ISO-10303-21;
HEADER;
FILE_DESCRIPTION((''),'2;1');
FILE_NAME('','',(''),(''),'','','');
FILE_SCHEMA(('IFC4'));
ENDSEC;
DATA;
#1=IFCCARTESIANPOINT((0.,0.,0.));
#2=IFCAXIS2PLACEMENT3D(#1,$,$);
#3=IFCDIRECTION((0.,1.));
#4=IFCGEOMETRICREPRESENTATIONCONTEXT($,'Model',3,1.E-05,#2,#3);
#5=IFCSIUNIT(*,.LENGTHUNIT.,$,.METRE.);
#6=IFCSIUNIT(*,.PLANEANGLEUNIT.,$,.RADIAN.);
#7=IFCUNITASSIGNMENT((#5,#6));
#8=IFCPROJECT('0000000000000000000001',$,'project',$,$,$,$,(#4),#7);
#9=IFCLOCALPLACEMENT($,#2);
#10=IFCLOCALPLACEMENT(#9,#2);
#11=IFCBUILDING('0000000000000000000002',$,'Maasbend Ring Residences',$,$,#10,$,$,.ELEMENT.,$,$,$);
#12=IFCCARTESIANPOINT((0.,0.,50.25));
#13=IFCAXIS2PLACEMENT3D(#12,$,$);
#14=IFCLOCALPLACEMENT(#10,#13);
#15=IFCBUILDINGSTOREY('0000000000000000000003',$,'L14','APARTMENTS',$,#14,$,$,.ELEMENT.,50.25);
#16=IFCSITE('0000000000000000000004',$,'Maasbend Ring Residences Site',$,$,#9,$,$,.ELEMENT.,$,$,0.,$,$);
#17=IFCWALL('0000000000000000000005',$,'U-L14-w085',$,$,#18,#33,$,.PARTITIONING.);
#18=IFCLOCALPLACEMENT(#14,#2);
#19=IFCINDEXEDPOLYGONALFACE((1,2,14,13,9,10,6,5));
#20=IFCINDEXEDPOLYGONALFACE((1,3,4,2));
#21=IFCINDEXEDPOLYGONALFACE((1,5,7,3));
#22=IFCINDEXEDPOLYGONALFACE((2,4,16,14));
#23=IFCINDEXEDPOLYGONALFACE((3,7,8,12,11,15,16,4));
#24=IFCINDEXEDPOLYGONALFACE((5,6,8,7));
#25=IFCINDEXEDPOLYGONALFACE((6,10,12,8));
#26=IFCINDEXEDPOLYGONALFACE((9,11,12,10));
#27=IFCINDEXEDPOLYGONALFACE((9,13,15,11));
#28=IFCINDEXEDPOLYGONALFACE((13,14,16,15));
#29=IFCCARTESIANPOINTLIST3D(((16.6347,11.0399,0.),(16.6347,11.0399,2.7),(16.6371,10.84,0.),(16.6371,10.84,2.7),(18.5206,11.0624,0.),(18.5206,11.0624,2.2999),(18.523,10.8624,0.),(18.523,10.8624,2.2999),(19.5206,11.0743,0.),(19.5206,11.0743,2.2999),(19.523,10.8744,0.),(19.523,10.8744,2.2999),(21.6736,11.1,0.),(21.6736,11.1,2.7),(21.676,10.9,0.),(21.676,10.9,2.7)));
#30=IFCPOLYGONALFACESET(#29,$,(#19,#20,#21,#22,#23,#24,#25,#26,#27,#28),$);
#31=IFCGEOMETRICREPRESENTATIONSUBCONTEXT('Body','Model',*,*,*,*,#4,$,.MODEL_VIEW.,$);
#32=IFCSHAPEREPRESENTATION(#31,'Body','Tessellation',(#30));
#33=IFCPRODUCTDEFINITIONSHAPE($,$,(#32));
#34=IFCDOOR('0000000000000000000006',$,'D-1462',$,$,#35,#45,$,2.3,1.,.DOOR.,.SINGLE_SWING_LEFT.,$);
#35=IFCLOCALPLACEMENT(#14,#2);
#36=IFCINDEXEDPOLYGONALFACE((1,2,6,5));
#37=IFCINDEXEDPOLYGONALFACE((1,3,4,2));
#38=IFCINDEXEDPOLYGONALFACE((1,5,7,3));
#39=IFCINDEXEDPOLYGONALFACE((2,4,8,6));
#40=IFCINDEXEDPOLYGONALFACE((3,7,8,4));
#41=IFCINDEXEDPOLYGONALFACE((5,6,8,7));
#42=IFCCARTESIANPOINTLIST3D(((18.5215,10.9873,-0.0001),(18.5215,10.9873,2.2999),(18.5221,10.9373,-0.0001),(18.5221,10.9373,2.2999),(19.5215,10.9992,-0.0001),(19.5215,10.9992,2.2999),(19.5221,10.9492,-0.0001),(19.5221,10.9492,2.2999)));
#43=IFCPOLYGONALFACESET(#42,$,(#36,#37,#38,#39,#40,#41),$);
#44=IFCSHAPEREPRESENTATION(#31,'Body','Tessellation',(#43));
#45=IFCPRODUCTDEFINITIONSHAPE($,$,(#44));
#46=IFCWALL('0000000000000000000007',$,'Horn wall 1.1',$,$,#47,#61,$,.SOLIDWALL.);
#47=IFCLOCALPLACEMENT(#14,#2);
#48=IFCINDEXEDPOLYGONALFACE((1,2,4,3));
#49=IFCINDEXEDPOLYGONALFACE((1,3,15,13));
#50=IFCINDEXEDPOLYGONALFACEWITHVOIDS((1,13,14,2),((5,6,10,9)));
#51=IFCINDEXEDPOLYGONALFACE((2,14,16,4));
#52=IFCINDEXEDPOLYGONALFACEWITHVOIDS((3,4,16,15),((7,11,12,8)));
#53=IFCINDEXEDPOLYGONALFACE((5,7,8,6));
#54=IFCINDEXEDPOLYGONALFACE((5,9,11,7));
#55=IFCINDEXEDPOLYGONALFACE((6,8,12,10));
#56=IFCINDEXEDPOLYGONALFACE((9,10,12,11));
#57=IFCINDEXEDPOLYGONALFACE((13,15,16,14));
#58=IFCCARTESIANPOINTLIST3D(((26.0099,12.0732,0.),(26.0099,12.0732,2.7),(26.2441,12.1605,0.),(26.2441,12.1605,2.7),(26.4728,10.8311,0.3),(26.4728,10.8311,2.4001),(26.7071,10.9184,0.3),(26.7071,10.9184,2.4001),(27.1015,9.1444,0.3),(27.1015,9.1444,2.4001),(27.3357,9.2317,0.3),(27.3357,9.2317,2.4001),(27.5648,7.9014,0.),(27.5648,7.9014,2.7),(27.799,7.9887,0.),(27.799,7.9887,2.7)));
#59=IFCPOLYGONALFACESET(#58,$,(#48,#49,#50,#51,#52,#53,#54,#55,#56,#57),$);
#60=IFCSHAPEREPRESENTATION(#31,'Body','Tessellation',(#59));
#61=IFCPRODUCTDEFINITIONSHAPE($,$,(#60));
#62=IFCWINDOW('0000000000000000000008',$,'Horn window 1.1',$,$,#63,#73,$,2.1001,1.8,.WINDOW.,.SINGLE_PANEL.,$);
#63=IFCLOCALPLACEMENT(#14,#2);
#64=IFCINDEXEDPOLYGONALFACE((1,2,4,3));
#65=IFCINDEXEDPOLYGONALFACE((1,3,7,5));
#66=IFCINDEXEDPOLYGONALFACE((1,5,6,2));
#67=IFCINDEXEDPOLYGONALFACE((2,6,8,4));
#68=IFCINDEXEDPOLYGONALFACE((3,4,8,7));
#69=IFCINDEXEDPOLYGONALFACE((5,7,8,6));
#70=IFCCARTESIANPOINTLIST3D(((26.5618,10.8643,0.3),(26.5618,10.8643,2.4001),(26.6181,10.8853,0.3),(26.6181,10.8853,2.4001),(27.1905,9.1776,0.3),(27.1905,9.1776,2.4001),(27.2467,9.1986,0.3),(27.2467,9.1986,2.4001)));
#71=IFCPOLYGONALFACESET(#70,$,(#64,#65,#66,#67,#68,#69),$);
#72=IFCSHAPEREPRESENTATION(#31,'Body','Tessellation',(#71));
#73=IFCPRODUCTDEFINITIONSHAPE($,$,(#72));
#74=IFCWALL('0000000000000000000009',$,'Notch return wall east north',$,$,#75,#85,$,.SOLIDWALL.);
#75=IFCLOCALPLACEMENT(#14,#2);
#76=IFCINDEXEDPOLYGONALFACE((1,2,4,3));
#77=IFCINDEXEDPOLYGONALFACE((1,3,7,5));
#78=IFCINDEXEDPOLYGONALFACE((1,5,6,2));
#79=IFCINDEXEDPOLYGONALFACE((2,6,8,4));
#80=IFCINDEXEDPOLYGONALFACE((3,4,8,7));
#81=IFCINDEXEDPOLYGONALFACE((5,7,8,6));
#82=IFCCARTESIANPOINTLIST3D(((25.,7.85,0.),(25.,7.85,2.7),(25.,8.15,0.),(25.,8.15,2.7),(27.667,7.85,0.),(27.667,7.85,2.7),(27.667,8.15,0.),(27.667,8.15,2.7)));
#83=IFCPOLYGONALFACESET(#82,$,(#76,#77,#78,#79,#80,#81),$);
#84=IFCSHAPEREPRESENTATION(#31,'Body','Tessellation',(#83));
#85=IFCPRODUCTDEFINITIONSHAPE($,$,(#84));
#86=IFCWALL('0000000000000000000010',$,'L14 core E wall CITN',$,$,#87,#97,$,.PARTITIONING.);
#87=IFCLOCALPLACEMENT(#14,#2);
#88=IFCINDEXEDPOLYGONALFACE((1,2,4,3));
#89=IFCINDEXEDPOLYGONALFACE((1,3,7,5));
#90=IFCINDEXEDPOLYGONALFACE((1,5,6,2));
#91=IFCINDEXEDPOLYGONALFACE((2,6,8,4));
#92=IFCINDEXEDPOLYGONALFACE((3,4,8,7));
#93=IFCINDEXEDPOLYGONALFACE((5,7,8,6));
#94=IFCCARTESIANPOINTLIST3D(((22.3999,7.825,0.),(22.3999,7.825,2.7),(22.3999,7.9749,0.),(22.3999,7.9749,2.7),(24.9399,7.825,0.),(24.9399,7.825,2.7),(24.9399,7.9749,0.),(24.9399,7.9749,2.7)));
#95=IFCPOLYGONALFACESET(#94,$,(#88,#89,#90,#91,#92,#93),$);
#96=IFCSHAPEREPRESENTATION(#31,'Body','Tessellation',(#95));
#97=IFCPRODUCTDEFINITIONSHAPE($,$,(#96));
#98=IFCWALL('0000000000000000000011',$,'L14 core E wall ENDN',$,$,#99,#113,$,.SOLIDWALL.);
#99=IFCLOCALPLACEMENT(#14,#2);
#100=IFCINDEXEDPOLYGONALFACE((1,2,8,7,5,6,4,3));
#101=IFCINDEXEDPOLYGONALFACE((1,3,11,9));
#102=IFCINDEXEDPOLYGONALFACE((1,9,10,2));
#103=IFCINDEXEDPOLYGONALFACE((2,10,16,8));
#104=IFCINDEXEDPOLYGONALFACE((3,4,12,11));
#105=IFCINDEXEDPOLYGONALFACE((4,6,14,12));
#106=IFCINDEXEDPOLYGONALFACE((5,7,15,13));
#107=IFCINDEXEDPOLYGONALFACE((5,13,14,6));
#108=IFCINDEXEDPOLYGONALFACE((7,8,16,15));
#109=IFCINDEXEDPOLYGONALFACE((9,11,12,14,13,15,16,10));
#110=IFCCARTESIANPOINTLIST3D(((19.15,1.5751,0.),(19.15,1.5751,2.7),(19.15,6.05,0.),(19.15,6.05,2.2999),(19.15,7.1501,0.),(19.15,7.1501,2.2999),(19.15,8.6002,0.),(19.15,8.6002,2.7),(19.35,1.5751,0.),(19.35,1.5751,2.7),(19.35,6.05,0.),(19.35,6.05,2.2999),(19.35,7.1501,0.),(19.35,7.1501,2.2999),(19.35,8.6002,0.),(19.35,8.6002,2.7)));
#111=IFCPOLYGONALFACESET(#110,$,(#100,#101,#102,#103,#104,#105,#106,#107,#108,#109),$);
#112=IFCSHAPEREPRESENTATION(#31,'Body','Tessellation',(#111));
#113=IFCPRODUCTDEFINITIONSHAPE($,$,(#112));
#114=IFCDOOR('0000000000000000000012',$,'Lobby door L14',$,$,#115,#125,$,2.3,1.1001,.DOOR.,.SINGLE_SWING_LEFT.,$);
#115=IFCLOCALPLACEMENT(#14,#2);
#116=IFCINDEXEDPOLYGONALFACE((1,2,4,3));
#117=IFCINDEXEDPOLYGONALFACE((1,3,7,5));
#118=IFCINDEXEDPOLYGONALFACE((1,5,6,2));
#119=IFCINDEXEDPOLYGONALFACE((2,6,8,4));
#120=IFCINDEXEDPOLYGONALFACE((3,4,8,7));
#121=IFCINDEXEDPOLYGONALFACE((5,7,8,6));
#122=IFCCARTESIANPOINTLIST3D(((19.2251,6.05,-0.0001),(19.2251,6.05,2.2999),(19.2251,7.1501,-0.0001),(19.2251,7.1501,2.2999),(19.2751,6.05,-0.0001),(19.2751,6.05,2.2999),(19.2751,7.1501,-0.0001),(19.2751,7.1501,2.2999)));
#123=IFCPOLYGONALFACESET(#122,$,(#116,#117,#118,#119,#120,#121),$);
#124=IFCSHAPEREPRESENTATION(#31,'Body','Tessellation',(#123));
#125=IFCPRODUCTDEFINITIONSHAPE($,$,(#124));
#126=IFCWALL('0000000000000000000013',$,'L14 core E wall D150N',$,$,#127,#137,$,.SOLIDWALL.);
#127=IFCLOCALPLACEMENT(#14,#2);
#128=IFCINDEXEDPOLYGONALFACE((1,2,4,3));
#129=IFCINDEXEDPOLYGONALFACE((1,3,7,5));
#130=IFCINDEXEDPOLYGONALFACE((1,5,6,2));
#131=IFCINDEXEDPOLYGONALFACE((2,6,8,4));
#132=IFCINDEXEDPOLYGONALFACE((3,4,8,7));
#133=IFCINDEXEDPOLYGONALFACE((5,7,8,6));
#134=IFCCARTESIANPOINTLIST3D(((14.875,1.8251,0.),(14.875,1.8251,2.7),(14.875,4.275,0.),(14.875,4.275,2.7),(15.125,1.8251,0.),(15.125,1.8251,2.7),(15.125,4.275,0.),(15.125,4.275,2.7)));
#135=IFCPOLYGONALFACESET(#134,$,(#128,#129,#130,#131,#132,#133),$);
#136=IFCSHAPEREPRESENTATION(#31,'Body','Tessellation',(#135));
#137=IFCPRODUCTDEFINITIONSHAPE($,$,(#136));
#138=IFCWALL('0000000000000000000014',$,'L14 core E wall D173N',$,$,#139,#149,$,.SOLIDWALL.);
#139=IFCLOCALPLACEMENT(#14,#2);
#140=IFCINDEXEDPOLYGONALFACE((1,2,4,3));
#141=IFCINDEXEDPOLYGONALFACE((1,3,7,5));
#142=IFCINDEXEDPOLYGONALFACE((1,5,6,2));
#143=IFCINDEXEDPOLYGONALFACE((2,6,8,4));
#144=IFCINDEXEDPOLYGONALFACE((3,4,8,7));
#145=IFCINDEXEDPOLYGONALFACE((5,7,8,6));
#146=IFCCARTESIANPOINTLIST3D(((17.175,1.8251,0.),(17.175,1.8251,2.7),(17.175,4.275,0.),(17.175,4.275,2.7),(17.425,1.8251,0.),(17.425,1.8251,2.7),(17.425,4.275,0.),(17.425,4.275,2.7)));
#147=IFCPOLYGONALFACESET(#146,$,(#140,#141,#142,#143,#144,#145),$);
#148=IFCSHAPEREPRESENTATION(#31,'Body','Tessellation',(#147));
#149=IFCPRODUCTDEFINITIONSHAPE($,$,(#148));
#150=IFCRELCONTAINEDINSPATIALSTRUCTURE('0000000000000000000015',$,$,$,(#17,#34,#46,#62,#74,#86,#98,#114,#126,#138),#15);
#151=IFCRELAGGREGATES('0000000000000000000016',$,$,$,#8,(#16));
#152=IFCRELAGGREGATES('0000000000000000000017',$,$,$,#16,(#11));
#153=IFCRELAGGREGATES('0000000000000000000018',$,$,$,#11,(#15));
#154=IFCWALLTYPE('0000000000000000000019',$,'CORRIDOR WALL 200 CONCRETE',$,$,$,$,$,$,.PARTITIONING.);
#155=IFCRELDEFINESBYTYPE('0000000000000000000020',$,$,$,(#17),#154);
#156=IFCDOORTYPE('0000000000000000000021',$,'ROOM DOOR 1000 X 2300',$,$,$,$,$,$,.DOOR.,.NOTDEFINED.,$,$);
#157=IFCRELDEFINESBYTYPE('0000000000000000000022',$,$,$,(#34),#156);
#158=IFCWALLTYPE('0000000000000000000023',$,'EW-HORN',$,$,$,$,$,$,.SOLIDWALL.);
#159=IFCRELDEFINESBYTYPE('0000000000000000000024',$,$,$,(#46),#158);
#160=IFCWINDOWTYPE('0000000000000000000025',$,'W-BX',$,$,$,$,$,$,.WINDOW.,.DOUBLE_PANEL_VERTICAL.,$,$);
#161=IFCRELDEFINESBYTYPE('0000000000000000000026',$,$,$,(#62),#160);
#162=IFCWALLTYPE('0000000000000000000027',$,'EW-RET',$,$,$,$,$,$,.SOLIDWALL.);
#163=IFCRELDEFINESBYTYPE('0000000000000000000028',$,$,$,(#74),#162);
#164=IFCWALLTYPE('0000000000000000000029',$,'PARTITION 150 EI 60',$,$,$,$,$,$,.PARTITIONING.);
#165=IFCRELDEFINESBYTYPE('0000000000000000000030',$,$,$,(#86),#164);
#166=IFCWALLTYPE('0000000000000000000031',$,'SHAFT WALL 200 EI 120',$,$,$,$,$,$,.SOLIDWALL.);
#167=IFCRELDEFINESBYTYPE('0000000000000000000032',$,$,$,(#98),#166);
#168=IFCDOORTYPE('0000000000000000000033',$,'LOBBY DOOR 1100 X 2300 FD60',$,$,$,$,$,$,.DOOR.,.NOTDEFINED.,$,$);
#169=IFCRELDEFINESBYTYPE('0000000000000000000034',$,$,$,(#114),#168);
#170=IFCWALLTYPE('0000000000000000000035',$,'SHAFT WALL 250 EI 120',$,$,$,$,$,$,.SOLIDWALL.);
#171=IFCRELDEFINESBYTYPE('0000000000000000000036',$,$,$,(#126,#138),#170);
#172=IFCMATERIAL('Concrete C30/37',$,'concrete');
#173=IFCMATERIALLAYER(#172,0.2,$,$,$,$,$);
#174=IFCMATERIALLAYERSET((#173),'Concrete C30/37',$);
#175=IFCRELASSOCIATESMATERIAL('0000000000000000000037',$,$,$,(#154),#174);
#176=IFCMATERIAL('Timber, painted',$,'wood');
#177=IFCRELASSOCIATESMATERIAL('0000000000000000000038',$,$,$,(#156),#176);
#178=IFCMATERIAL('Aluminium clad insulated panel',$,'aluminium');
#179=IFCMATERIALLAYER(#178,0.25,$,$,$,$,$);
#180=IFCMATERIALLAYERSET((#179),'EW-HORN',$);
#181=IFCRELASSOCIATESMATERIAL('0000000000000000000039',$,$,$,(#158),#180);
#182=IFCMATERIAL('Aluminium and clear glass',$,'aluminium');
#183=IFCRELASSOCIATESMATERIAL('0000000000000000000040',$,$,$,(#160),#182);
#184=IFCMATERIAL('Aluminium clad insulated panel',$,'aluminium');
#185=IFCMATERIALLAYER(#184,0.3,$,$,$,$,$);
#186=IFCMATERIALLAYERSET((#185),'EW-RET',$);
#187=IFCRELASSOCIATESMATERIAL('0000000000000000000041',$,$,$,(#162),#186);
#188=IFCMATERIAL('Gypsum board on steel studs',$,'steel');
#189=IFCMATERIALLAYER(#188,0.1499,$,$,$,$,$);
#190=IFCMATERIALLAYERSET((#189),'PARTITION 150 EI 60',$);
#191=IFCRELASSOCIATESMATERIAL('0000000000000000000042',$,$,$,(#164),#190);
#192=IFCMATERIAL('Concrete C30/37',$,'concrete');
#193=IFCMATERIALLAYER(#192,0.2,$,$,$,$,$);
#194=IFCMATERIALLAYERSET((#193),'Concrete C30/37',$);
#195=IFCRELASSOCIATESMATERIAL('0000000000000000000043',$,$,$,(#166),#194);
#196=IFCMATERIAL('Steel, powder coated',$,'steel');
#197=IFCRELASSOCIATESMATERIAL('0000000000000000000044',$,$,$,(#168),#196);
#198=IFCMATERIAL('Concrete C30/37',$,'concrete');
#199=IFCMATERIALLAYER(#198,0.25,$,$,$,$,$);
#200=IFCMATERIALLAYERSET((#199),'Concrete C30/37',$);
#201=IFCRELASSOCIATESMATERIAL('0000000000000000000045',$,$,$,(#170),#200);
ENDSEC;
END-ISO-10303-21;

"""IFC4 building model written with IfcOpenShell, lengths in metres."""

from ifc_helpers import new_model, si_unit, direction, frame, frame_2d, origin, place, context, subcontext, project, spatial, rectangle, extrude, material, layer, layer_set, type_object, element, fill, save


model = new_model("IFC4")

# Units and contexts
model_context = context("Model", 3, precision=1e-05, world=origin(), true_north=direction((0.0, 1.0)))
body_context = subcontext(model_context, "Body", "Model", "MODEL_VIEW")
ifc_project = project(units=[si_unit("LENGTHUNIT", "METRE"), si_unit("PLANEANGLEUNIT", "RADIAN")], contexts=[model_context])

# Site, building, storey
site_placement = place(None, origin())
site = spatial("IfcSite", under=ifc_project, at=site_placement, Name="Maasbend Ring Residences Site", CompositionType="ELEMENT", RefElevation=0.0)
building_placement = place(site_placement, origin())
building = spatial("IfcBuilding", under=site, at=building_placement, Name="Maasbend Ring Residences", CompositionType="ELEMENT")
storey_placement = place(building_placement, frame((0.0, 0.0, 50.25)))
storey = spatial("IfcBuildingStorey", under=building, at=storey_placement, Name="L14", Description="APARTMENTS", CompositionType="ELEMENT", Elevation=50.25)

# Shared definitions
ifc_material_1 = material(Name="Concrete C30/37", Category="concrete")
ifc_layer_1 = layer(ifc_material_1, 0.2)
ifc_layer_set_1 = layer_set([ifc_layer_1], Name="Concrete C30/37")
wall_type_1 = type_object("IfcWallType", Name="CORRIDOR WALL 200 CONCRETE", PredefinedType="PARTITIONING", material=ifc_layer_set_1)

# Wall, opening, door
wall_1_placement = place(storey_placement, frame((16.636, 10.9399, 0.0), z_axis=(0.0, 0.0, 1.0), x_axis=(0.999929, 0.011918, 0.0)))
wall_1 = element("IfcWall", 1, at=wall_1_placement, inside=storey, type_object=wall_type_1, Name="U-L14-w085", PredefinedType="PARTITIONING", context=body_context, shape_type="SweptSolid", body=[
    extrude(rectangle(XDim=5.0393, YDim=0.2, at=frame_2d((2.5195, 0.0))), origin(), (0.0, 0.0, 1.0), 2.7),
])
opening_1_placement = place(wall_1_placement, frame((1.886, 0.0, 0.0)))
opening_1 = element("IfcOpeningElement", 2, at=opening_1_placement, cuts=wall_1, PredefinedType="OPENING", context=body_context, shape_type="SweptSolid", body=[
    extrude(rectangle(XDim=1.0, YDim=2.3, at=frame_2d((0.5, 1.1499))), frame((0.0, 0.1099, 0.0), z_axis=(0.0, -1.0, 0.0), x_axis=(1.0, 0.0, 0.0)), (0.0, 0.0, 1.0), 0.22),
])
ifc_material_2 = material(Name="Timber, painted", Category="wood")
door_type_1 = type_object("IfcDoorType", Name="ROOM DOOR 1000 X 2300", OperationType="NOTDEFINED", PredefinedType="DOOR", material=ifc_material_2)
door_1_placement = place(opening_1_placement, origin())
door_1 = element("IfcDoor", 3, at=door_1_placement, inside=storey, type_object=door_type_1, Name="D-1462", OperationType="SINGLE_SWING_LEFT", OverallHeight=2.3, OverallWidth=1.0, PredefinedType="DOOR", context=body_context, shape_type="SweptSolid", body=[
    extrude(rectangle(XDim=1.0, YDim=2.3, at=frame_2d((0.5, 1.1499))), frame((0.0, 0.0249, 0.0), z_axis=(0.0, -1.0, 0.0), x_axis=(1.0, 0.0, 0.0)), (0.0, 0.0, 1.0), 0.05),
])
fill(opening_1, door_1)

# Wall, opening, window
ifc_material_3 = material(Name="Aluminium clad insulated panel", Category="aluminium")
ifc_layer_2 = layer(ifc_material_3, 0.25)
ifc_layer_set_2 = layer_set([ifc_layer_2], Name="EW-HORN")
wall_type_2 = type_object("IfcWallType", Name="EW-HORN", PredefinedType="SOLIDWALL", material=ifc_layer_set_2)
wall_2_placement = place(storey_placement, frame((27.6819, 7.9451, 0.0), z_axis=(0.0, 0.0, 1.0), x_axis=(-0.349248, 0.93703, 0.0)))
wall_2 = element("IfcWall", 4, at=wall_2_placement, inside=storey, type_object=wall_type_2, Name="Horn wall 1.1", PredefinedType="SOLIDWALL", context=body_context, shape_type="SweptSolid", body=[
    extrude(rectangle(XDim=4.4521, YDim=0.25, at=frame_2d((2.2261, 0.0))), origin(), (0.0, 0.0, 1.0), 2.7),
])
opening_2_placement = place(wall_2_placement, frame((1.3267, 0.0, 0.3)))
opening_2 = element("IfcOpeningElement", 5, at=opening_2_placement, cuts=wall_2, PredefinedType="OPENING", context=body_context, shape_type="SweptSolid", body=[
    extrude(rectangle(XDim=1.8, YDim=2.1001, at=frame_2d((0.8999, 1.05))), frame((0.0, 0.135, 0.0), z_axis=(0.0, -1.0, 0.0), x_axis=(1.0, 0.0, 0.0)), (0.0, 0.0, 1.0), 0.27),
])
ifc_material_4 = material(Name="Aluminium and clear glass", Category="aluminium")
window_type = type_object("IfcWindowType", Name="W-BX", PartitioningType="DOUBLE_PANEL_VERTICAL", PredefinedType="WINDOW", material=ifc_material_4)
window_placement = place(opening_2_placement, origin())
window = element("IfcWindow", 6, at=window_placement, inside=storey, type_object=window_type, Name="Horn window 1.1", OverallHeight=2.1001, OverallWidth=1.8, PartitioningType="SINGLE_PANEL", PredefinedType="WINDOW", context=body_context, shape_type="SweptSolid", body=[
    extrude(rectangle(XDim=1.8, YDim=2.1001, at=frame_2d((0.8999, 1.05))), frame((0.0, 0.03, 0.0), z_axis=(0.0, -1.0, 0.0), x_axis=(1.0, 0.0, 0.0)), (0.0, 0.0, 1.0), 0.0601),
])
fill(opening_2, window)

# Walls
ifc_material_5 = material(Name="Aluminium clad insulated panel", Category="aluminium")
ifc_layer_3 = layer(ifc_material_5, 0.3)
ifc_layer_set_3 = layer_set([ifc_layer_3], Name="EW-RET")
wall_type_3 = type_object("IfcWallType", Name="EW-RET", PredefinedType="SOLIDWALL", material=ifc_layer_set_3)
wall_3_placement = place(storey_placement, frame((25.0, 8.0, 0.0), z_axis=(0.0, 0.0, 1.0), x_axis=(1.0, 0.0, 0.0)))
element("IfcWall", 7, at=wall_3_placement, inside=storey, type_object=wall_type_3, Name="Notch return wall east north", PredefinedType="SOLIDWALL", context=body_context, shape_type="SweptSolid", body=[
    extrude(rectangle(XDim=2.667, YDim=0.3, at=frame_2d((1.3335, 0.0))), origin(), (0.0, 0.0, 1.0), 2.7),
])
ifc_material_6 = material(Name="Gypsum board on steel studs", Category="steel")
ifc_layer_4 = layer(ifc_material_6, 0.1499)
ifc_layer_set_4 = layer_set([ifc_layer_4], Name="PARTITION 150 EI 60")
wall_type_4 = type_object("IfcWallType", Name="PARTITION 150 EI 60", PredefinedType="PARTITIONING", material=ifc_layer_set_4)
wall_4_placement = place(storey_placement, frame((22.3999, 7.8999, 0.0), z_axis=(0.0, 0.0, 1.0), x_axis=(1.0, 0.0, 0.0)))
element("IfcWall", 8, at=wall_4_placement, inside=storey, type_object=wall_type_4, Name="L14 core E wall CITN", PredefinedType="PARTITIONING", context=body_context, shape_type="SweptSolid", body=[
    extrude(rectangle(XDim=2.54, YDim=0.1499, at=frame_2d((1.27, 0.0))), origin(), (0.0, 0.0, 1.0), 2.7),
])

# Wall, opening, door
ifc_material_7 = material(Name="Concrete C30/37", Category="concrete")
ifc_layer_5 = layer(ifc_material_7, 0.2)
ifc_layer_set_5 = layer_set([ifc_layer_5], Name="Concrete C30/37")
wall_type_5 = type_object("IfcWallType", Name="SHAFT WALL 200 EI 120", PredefinedType="SOLIDWALL", material=ifc_layer_set_5)
wall_5_placement = place(storey_placement, frame((19.25, 1.575, 0.0), z_axis=(0.0, 0.0, 1.0), x_axis=(0.0, 1.0, 0.0)))
wall_5 = element("IfcWall", 9, at=wall_5_placement, inside=storey, type_object=wall_type_5, Name="L14 core E wall ENDN", PredefinedType="SOLIDWALL", context=body_context, shape_type="SweptSolid", body=[
    extrude(rectangle(XDim=7.0251, YDim=0.2, at=frame_2d((3.5127, 0.0))), origin(), (0.0, 0.0, 1.0), 2.7),
])
opening_3_placement = place(wall_5_placement, frame((4.4751, 0.0, 0.0)))
opening_3 = element("IfcOpeningElement", 10, at=opening_3_placement, cuts=wall_5, PredefinedType="OPENING", context=body_context, shape_type="SweptSolid", body=[
    extrude(rectangle(XDim=1.1001, YDim=2.3, at=frame_2d((0.55, 1.1499))), frame((0.0, 0.1099, 0.0), z_axis=(0.0, -1.0, 0.0), x_axis=(1.0, 0.0, 0.0)), (0.0, 0.0, 1.0), 0.22),
])
ifc_material_8 = material(Name="Steel, powder coated", Category="steel")
door_type_2 = type_object("IfcDoorType", Name="LOBBY DOOR 1100 X 2300 FD60", OperationType="NOTDEFINED", PredefinedType="DOOR", material=ifc_material_8)
door_2_placement = place(opening_3_placement, origin())
door_2 = element("IfcDoor", 11, at=door_2_placement, inside=storey, type_object=door_type_2, Name="Lobby door L14", OperationType="SINGLE_SWING_LEFT", OverallHeight=2.3, OverallWidth=1.1001, PredefinedType="DOOR", context=body_context, shape_type="SweptSolid", body=[
    extrude(rectangle(XDim=1.1001, YDim=2.3, at=frame_2d((0.55, 1.1499))), frame((0.0, 0.0249, 0.0), z_axis=(0.0, -1.0, 0.0), x_axis=(1.0, 0.0, 0.0)), (0.0, 0.0, 1.0), 0.05),
])
fill(opening_3, door_2)

# Walls
ifc_material_9 = material(Name="Concrete C30/37", Category="concrete")
ifc_layer_6 = layer(ifc_material_9, 0.25)
ifc_layer_set_6 = layer_set([ifc_layer_6], Name="Concrete C30/37")
wall_type_6 = type_object("IfcWallType", Name="SHAFT WALL 250 EI 120", PredefinedType="SOLIDWALL", material=ifc_layer_set_6)
for number, where, z_axis, x_axis, name in (
    (12, (15.0, 1.825, 0.0), (0.0, 0.0, 1.0), (0.0, 1.0, 0.0), "L14 core E wall D150N"),
    (13, (17.3, 1.825, 0.0), (0.0, 0.0, 1.0), (0.0, 1.0, 0.0), "L14 core E wall D173N"),
):
    element("IfcWall", number, at=place(storey_placement, frame(where, z_axis=z_axis, x_axis=x_axis)), inside=storey, type_object=wall_type_6, Name=name, PredefinedType="SOLIDWALL", context=body_context, shape_type="SweptSolid", body=[
        extrude(rectangle(XDim=2.45, YDim=0.25, at=frame_2d((1.2251, 0.0))), origin(), (0.0, 0.0, 1.0), 2.7),
    ])

save(model, "model.ifc")
